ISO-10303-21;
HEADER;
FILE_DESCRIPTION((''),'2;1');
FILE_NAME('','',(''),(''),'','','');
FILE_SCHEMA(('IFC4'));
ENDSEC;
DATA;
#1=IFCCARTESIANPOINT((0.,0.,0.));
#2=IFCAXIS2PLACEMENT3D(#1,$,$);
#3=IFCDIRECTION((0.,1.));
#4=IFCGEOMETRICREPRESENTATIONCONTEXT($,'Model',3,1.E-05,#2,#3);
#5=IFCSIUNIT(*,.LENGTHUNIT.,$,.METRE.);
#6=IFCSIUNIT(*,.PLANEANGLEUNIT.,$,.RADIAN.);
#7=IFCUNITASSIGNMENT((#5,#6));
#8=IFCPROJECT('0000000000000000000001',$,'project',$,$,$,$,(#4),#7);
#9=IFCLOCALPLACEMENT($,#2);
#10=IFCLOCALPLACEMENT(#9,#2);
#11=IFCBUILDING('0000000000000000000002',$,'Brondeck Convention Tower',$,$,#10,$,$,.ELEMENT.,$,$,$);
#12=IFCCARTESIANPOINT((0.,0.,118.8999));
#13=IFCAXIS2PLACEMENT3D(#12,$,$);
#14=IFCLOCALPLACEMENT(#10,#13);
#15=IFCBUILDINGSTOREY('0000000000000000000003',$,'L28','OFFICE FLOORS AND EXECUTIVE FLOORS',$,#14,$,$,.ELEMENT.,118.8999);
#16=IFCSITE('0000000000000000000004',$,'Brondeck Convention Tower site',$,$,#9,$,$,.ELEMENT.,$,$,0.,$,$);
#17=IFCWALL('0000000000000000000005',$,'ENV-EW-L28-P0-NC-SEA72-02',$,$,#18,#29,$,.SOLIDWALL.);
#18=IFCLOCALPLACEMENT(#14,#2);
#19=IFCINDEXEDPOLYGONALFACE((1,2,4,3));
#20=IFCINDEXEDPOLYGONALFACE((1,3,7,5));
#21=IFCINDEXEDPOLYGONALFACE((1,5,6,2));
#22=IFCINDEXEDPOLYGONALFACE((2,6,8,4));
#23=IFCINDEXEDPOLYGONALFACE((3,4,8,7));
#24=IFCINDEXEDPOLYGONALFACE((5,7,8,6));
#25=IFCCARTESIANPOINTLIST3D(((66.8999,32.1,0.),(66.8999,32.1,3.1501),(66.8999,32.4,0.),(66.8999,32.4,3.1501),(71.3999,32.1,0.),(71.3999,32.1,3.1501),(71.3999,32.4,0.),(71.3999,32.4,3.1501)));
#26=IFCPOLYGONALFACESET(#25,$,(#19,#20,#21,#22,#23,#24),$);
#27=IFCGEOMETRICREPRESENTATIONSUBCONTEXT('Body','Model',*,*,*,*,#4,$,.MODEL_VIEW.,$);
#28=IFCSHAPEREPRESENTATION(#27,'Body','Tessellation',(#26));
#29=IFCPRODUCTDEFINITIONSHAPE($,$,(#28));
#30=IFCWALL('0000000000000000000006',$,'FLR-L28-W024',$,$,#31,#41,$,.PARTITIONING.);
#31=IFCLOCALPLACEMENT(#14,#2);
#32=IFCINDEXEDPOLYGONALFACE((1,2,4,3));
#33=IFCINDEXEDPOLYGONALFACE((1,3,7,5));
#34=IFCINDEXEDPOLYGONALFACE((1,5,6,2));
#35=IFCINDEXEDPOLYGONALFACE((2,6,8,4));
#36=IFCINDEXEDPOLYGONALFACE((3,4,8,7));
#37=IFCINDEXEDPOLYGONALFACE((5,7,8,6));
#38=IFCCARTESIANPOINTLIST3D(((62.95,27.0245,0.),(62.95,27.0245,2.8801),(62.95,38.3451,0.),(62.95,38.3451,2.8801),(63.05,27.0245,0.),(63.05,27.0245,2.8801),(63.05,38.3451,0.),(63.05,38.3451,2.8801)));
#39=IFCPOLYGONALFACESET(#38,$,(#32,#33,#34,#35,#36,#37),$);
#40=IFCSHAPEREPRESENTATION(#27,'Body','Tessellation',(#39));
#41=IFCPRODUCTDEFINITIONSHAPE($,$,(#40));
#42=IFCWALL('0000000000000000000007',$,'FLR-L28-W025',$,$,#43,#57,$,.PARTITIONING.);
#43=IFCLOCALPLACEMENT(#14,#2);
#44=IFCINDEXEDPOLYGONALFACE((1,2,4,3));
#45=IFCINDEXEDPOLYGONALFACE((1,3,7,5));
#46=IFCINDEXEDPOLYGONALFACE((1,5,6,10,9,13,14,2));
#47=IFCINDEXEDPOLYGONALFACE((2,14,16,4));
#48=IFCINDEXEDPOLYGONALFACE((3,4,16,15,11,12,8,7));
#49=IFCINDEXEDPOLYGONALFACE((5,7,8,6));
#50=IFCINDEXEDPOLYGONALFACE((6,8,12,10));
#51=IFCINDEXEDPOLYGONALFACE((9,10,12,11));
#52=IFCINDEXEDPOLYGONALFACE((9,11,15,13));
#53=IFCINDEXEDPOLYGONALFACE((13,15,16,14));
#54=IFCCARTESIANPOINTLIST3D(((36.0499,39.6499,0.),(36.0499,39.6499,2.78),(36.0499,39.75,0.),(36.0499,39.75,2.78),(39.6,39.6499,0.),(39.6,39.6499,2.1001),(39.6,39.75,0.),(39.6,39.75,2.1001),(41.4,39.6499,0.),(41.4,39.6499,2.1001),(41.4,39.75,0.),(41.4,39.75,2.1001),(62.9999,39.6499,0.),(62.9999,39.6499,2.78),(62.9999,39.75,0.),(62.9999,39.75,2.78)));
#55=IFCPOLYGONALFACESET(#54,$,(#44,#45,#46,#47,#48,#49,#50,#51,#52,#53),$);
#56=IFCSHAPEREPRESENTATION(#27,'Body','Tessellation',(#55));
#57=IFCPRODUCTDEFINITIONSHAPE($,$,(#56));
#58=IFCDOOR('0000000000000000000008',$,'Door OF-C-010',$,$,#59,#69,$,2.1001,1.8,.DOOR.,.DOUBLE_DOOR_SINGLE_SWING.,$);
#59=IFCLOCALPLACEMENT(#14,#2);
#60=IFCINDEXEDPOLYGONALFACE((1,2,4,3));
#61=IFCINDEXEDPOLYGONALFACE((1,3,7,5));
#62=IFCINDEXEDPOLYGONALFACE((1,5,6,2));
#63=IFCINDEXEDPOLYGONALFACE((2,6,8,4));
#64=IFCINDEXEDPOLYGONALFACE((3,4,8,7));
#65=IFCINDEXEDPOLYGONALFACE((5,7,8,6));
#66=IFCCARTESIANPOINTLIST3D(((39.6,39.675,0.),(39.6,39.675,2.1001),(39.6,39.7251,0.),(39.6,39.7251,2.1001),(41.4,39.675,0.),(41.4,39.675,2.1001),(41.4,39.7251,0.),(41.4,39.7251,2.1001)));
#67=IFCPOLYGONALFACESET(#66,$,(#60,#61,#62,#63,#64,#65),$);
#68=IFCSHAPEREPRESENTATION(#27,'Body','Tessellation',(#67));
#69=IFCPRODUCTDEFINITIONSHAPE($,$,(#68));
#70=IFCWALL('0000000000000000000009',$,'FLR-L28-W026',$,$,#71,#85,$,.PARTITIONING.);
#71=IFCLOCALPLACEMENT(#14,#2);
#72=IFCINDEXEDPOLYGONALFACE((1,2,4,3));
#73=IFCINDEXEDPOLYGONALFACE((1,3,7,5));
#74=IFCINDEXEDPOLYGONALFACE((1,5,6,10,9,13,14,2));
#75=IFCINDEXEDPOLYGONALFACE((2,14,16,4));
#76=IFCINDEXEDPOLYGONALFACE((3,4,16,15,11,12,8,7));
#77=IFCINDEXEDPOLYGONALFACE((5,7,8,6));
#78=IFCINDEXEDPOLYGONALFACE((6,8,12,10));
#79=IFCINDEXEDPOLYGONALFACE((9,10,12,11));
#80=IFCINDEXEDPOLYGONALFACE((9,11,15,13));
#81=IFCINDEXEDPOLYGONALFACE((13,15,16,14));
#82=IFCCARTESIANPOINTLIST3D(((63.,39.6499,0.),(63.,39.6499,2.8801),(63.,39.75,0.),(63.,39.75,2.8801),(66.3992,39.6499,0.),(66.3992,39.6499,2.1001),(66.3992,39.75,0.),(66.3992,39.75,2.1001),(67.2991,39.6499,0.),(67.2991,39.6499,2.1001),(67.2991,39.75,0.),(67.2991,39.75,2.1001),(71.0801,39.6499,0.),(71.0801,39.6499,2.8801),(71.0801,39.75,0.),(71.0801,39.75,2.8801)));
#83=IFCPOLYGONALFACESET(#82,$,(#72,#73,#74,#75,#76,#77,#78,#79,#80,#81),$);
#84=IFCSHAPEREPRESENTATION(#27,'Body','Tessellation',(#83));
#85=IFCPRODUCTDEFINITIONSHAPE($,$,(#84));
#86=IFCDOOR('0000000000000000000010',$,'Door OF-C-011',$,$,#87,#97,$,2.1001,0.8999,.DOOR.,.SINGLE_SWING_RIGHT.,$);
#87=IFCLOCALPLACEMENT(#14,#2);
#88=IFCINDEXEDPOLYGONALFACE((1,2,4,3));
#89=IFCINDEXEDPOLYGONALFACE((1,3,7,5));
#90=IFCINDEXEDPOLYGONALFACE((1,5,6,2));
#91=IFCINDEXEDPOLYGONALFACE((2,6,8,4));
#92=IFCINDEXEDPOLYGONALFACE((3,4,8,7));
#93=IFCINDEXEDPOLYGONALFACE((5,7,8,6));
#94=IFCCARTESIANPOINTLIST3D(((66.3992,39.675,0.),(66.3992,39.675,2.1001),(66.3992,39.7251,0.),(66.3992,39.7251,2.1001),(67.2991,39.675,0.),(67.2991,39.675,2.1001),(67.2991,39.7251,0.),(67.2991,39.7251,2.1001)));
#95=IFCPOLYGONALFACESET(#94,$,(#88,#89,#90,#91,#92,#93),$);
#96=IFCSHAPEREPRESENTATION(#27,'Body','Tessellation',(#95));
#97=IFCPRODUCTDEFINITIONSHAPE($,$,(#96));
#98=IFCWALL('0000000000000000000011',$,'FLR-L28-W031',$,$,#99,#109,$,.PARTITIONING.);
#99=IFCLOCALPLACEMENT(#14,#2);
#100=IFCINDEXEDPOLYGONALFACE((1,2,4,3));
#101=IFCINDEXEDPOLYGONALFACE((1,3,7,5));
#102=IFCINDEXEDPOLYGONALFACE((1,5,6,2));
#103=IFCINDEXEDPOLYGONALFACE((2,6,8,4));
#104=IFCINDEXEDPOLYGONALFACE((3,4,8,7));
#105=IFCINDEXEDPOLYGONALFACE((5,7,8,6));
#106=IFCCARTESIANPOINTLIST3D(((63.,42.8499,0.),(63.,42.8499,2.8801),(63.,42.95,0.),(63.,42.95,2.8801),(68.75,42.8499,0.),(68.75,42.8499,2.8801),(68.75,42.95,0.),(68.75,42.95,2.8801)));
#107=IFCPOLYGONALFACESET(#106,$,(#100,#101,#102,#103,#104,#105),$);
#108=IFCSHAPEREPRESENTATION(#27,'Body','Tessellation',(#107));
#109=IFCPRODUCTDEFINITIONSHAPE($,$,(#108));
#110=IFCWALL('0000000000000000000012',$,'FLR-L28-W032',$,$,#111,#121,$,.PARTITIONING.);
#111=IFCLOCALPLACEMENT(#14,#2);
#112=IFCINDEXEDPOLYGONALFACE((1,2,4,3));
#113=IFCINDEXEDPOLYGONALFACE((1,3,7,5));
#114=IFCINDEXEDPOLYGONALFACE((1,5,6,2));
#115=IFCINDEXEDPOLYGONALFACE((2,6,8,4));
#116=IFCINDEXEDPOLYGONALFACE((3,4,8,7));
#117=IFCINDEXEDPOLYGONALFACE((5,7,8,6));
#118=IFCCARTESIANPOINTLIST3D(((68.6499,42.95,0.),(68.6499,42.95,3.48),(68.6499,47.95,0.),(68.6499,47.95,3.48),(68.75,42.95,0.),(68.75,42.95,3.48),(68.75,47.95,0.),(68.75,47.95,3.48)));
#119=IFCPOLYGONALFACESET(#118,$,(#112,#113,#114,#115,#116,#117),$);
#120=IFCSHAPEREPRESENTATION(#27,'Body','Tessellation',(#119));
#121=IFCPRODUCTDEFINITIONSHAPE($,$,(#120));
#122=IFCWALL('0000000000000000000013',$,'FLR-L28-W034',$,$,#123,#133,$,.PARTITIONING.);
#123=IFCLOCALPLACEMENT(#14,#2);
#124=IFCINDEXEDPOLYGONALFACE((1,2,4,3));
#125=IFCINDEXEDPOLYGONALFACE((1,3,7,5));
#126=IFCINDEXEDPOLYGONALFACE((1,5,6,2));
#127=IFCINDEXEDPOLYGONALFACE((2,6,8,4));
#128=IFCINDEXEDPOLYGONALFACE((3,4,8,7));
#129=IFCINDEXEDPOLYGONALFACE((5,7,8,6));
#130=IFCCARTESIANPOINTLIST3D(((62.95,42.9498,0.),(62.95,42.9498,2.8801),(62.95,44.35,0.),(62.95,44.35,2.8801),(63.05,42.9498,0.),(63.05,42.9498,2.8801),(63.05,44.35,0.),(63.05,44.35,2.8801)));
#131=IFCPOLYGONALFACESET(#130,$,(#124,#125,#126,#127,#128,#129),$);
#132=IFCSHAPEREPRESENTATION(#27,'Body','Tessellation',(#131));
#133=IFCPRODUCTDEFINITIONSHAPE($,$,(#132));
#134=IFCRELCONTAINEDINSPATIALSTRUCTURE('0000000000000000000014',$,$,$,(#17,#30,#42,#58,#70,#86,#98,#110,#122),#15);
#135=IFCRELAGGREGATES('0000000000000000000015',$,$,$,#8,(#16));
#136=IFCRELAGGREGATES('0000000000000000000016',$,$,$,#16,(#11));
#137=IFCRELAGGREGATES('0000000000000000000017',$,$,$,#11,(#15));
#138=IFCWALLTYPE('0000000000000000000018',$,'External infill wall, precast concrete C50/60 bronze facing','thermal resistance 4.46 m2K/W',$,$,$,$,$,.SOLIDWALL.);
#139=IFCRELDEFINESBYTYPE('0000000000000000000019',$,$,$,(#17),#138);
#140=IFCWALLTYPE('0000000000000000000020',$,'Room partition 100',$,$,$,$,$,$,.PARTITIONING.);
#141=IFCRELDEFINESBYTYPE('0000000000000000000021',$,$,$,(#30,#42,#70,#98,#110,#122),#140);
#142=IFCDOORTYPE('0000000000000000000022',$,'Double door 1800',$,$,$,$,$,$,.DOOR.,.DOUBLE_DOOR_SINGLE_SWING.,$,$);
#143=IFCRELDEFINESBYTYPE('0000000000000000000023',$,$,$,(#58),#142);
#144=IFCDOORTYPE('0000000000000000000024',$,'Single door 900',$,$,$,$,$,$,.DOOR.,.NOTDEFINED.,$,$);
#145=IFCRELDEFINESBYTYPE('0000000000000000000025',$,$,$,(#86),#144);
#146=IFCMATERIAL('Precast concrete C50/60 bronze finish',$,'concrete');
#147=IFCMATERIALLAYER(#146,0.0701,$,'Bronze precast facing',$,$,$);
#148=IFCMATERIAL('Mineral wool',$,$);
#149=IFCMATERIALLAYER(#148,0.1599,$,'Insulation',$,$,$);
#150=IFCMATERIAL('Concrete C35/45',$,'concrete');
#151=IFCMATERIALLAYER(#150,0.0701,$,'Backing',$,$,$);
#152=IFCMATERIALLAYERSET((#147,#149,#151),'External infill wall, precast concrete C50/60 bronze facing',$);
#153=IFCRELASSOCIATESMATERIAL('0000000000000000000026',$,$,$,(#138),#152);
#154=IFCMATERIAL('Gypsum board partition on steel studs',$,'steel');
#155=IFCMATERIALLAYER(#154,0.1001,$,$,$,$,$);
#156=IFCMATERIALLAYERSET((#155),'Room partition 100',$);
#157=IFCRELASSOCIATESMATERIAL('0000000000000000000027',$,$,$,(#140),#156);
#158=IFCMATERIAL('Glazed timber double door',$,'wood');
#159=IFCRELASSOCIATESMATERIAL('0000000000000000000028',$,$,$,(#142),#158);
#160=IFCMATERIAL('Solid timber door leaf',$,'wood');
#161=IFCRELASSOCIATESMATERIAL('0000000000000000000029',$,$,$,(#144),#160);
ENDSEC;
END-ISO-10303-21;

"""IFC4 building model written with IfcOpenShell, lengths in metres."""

from ifc_helpers import new_model, si_unit, direction, frame, frame_2d, origin, place, context, subcontext, project, spatial, rectangle, extrude, material, layer, layer_set, type_object, element, fill, save


model = new_model("IFC4")

# Units and contexts
model_context = context("Model", 3, precision=1e-05, world=origin(), true_north=direction((0.0, 1.0)))
body_context = subcontext(model_context, "Body", "Model", "MODEL_VIEW")
ifc_project = project(units=[si_unit("LENGTHUNIT", "METRE"), si_unit("PLANEANGLEUNIT", "RADIAN")], contexts=[model_context])

# Site, building, storey
site_placement = place(None, origin())
site = spatial("IfcSite", under=ifc_project, at=site_placement, Name="Brondeck Convention Tower site", CompositionType="ELEMENT", RefElevation=0.0)
building_placement = place(site_placement, origin())
building = spatial("IfcBuilding", under=site, at=building_placement, Name="Brondeck Convention Tower", CompositionType="ELEMENT")
storey_placement = place(building_placement, frame((0.0, 0.0, 118.8999)))
storey = spatial("IfcBuildingStorey", under=building, at=storey_placement, Name="L28", Description="OFFICE FLOORS AND EXECUTIVE FLOORS", CompositionType="ELEMENT", Elevation=118.8999)

# Shared definitions
ifc_material_1 = material(Name="Precast concrete C50/60 bronze finish", Category="concrete")
ifc_layer_1 = layer(ifc_material_1, 0.0701, Name="Bronze precast facing")
ifc_material_2 = material(Name="Mineral wool")
ifc_layer_2 = layer(ifc_material_2, 0.1599, Name="Insulation")
ifc_material_3 = material(Name="Concrete C35/45", Category="concrete")
ifc_layer_3 = layer(ifc_material_3, 0.0701, Name="Backing")
ifc_layer_set_1 = layer_set([ifc_layer_1, ifc_layer_2, ifc_layer_3], Name="External infill wall, precast concrete C50/60 bronze facing")
wall_type_1 = type_object("IfcWallType", Name="External infill wall, precast concrete C50/60 bronze facing", Description="thermal resistance 4.46 m2K/W", PredefinedType="SOLIDWALL", material=ifc_layer_set_1)

# Walls
wall_1_placement = place(storey_placement, frame((71.3999, 32.25, 0.0), z_axis=(0.0, 0.0, 1.0), x_axis=(-1.0, 0.0, 0.0)))
element("IfcWall", 1, at=wall_1_placement, inside=storey, type_object=wall_type_1, Name="ENV-EW-L28-P0-NC-SEA72-02", PredefinedType="SOLIDWALL", context=body_context, shape_type="SweptSolid", body=[
    extrude(rectangle(XDim=4.5, YDim=0.3, at=frame_2d((2.25, 0.0))), origin(), (0.0, 0.0, 1.0), 3.1501),
])
ifc_material_4 = material(Name="Gypsum board partition on steel studs", Category="steel")
ifc_layer_4 = layer(ifc_material_4, 0.1001)
ifc_layer_set_2 = layer_set([ifc_layer_4], Name="Room partition 100")
wall_type_2 = type_object("IfcWallType", Name="Room partition 100", PredefinedType="PARTITIONING", material=ifc_layer_set_2)
wall_2_placement = place(storey_placement, frame((63.0, 38.345, 0.0), z_axis=(0.0, 0.0, 1.0), x_axis=(0.0, -1.0, 0.0)))
element("IfcWall", 2, at=wall_2_placement, inside=storey, type_object=wall_type_2, Name="FLR-L28-W024", PredefinedType="PARTITIONING", context=body_context, shape_type="SweptSolid", body=[
    extrude(rectangle(XDim=11.3206, YDim=0.1001, at=frame_2d((5.6602, 0.0))), origin(), (0.0, 0.0, 1.0), 2.8801),
])

# Walls, openings, doors
wall_3_placement = place(storey_placement, frame((63.0, 39.7, 0.0), z_axis=(0.0, 0.0, 1.0), x_axis=(-1.0, 0.0, 0.0)))
wall_3 = element("IfcWall", 3, at=wall_3_placement, inside=storey, type_object=wall_type_2, Name="FLR-L28-W025", PredefinedType="PARTITIONING", context=body_context, shape_type="SweptSolid", body=[
    extrude(rectangle(XDim=26.95, YDim=0.1001, at=frame_2d((13.4751, 0.0))), origin(), (0.0, 0.0, 1.0), 2.78),
])
opening_1_placement = place(wall_3_placement, frame((21.6001, 0.0, 0.0)))
opening_1 = element("IfcOpeningElement", 4, at=opening_1_placement, cuts=wall_3, PredefinedType="OPENING", context=body_context, shape_type="SweptSolid", body=[
    extrude(rectangle(XDim=1.8, YDim=2.1001, at=frame_2d((0.8999, 1.05))), frame((0.0, 0.0601, 0.0), z_axis=(0.0, -1.0, 0.0), x_axis=(1.0, 0.0, 0.0)), (0.0, 0.0, 1.0), 0.1201),
])
ifc_material_5 = material(Name="Glazed timber double door", Category="wood")
door_type_1 = type_object("IfcDoorType", Name="Double door 1800", OperationType="DOUBLE_DOOR_SINGLE_SWING", PredefinedType="DOOR", material=ifc_material_5)
door_1_placement = place(opening_1_placement, origin())
door_1 = element("IfcDoor", 5, at=door_1_placement, inside=storey, type_object=door_type_1, Name="Door OF-C-010", OperationType="DOUBLE_DOOR_SINGLE_SWING", OverallHeight=2.1001, OverallWidth=1.8, PredefinedType="DOOR", context=body_context, shape_type="SweptSolid", body=[
    extrude(rectangle(XDim=1.8, YDim=2.1001, at=frame_2d((0.8999, 1.05))), frame((0.0, 0.0249, 0.0), z_axis=(0.0, -1.0, 0.0), x_axis=(1.0, 0.0, 0.0)), (0.0, 0.0, 1.0), 0.05),
])
fill(opening_1, door_1)
wall_4_placement = place(storey_placement, frame((71.0801, 39.7, 0.0), z_axis=(0.0, 0.0, 1.0), x_axis=(-1.0, 0.0, 0.0)))
wall_4 = element("IfcWall", 6, at=wall_4_placement, inside=storey, type_object=wall_type_2, Name="FLR-L28-W026", PredefinedType="PARTITIONING", context=body_context, shape_type="SweptSolid", body=[
    extrude(rectangle(XDim=8.0801, YDim=0.1001, at=frame_2d((4.04, 0.0))), origin(), (0.0, 0.0, 1.0), 2.8801),
])
opening_2_placement = place(wall_4_placement, frame((3.781, 0.0, 0.0)))
opening_2 = element("IfcOpeningElement", 7, at=opening_2_placement, cuts=wall_4, PredefinedType="OPENING", context=body_context, shape_type="SweptSolid", body=[
    extrude(rectangle(XDim=0.8999, YDim=2.1001, at=frame_2d((0.45, 1.05))), frame((0.0, 0.0601, 0.0), z_axis=(0.0, -1.0, 0.0), x_axis=(1.0, 0.0, 0.0)), (0.0, 0.0, 1.0), 0.1201),
])
ifc_material_6 = material(Name="Solid timber door leaf", Category="wood")
door_type_2 = type_object("IfcDoorType", Name="Single door 900", OperationType="NOTDEFINED", PredefinedType="DOOR", material=ifc_material_6)
door_2_placement = place(opening_2_placement, origin())
door_2 = element("IfcDoor", 8, at=door_2_placement, inside=storey, type_object=door_type_2, Name="Door OF-C-011", OperationType="SINGLE_SWING_RIGHT", OverallHeight=2.1001, OverallWidth=0.8999, PredefinedType="DOOR", context=body_context, shape_type="SweptSolid", body=[
    extrude(rectangle(XDim=0.8999, YDim=2.1001, at=frame_2d((0.45, 1.05))), frame((0.0, 0.0249, 0.0), z_axis=(0.0, -1.0, 0.0), x_axis=(1.0, 0.0, 0.0)), (0.0, 0.0, 1.0), 0.05),
])
fill(opening_2, door_2)

# Walls
wall_5_placement = place(storey_placement, frame((63.0, 42.8999, 0.0), z_axis=(0.0, 0.0, 1.0), x_axis=(1.0, 0.0, 0.0)))
element("IfcWall", 9, at=wall_5_placement, inside=storey, type_object=wall_type_2, Name="FLR-L28-W031", PredefinedType="PARTITIONING", context=body_context, shape_type="SweptSolid", body=[
    extrude(rectangle(XDim=5.75, YDim=0.1001, at=frame_2d((2.875, 0.0))), origin(), (0.0, 0.0, 1.0), 2.8801),
])
wall_6_placement = place(storey_placement, frame((68.7, 42.95, 0.0), z_axis=(0.0, 0.0, 1.0), x_axis=(0.0, 1.0, 0.0)))
element("IfcWall", 10, at=wall_6_placement, inside=storey, type_object=wall_type_2, Name="FLR-L28-W032", PredefinedType="PARTITIONING", context=body_context, shape_type="SweptSolid", body=[
    extrude(rectangle(XDim=5.0, YDim=0.1001, at=frame_2d((2.5, 0.0))), origin(), (0.0, 0.0, 1.0), 3.48),
])
wall_7_placement = place(storey_placement, frame((63.0, 44.3501, 0.0), z_axis=(0.0, 0.0, 1.0), x_axis=(0.0, -1.0, 0.0)))
element("IfcWall", 11, at=wall_7_placement, inside=storey, type_object=wall_type_2, Name="FLR-L28-W034", PredefinedType="PARTITIONING", context=body_context, shape_type="SweptSolid", body=[
    extrude(rectangle(XDim=1.4001, YDim=0.1001, at=frame_2d((0.7002, 0.0))), origin(), (0.0, 0.0, 1.0), 2.8801),
])

save(model, "model.ifc")
